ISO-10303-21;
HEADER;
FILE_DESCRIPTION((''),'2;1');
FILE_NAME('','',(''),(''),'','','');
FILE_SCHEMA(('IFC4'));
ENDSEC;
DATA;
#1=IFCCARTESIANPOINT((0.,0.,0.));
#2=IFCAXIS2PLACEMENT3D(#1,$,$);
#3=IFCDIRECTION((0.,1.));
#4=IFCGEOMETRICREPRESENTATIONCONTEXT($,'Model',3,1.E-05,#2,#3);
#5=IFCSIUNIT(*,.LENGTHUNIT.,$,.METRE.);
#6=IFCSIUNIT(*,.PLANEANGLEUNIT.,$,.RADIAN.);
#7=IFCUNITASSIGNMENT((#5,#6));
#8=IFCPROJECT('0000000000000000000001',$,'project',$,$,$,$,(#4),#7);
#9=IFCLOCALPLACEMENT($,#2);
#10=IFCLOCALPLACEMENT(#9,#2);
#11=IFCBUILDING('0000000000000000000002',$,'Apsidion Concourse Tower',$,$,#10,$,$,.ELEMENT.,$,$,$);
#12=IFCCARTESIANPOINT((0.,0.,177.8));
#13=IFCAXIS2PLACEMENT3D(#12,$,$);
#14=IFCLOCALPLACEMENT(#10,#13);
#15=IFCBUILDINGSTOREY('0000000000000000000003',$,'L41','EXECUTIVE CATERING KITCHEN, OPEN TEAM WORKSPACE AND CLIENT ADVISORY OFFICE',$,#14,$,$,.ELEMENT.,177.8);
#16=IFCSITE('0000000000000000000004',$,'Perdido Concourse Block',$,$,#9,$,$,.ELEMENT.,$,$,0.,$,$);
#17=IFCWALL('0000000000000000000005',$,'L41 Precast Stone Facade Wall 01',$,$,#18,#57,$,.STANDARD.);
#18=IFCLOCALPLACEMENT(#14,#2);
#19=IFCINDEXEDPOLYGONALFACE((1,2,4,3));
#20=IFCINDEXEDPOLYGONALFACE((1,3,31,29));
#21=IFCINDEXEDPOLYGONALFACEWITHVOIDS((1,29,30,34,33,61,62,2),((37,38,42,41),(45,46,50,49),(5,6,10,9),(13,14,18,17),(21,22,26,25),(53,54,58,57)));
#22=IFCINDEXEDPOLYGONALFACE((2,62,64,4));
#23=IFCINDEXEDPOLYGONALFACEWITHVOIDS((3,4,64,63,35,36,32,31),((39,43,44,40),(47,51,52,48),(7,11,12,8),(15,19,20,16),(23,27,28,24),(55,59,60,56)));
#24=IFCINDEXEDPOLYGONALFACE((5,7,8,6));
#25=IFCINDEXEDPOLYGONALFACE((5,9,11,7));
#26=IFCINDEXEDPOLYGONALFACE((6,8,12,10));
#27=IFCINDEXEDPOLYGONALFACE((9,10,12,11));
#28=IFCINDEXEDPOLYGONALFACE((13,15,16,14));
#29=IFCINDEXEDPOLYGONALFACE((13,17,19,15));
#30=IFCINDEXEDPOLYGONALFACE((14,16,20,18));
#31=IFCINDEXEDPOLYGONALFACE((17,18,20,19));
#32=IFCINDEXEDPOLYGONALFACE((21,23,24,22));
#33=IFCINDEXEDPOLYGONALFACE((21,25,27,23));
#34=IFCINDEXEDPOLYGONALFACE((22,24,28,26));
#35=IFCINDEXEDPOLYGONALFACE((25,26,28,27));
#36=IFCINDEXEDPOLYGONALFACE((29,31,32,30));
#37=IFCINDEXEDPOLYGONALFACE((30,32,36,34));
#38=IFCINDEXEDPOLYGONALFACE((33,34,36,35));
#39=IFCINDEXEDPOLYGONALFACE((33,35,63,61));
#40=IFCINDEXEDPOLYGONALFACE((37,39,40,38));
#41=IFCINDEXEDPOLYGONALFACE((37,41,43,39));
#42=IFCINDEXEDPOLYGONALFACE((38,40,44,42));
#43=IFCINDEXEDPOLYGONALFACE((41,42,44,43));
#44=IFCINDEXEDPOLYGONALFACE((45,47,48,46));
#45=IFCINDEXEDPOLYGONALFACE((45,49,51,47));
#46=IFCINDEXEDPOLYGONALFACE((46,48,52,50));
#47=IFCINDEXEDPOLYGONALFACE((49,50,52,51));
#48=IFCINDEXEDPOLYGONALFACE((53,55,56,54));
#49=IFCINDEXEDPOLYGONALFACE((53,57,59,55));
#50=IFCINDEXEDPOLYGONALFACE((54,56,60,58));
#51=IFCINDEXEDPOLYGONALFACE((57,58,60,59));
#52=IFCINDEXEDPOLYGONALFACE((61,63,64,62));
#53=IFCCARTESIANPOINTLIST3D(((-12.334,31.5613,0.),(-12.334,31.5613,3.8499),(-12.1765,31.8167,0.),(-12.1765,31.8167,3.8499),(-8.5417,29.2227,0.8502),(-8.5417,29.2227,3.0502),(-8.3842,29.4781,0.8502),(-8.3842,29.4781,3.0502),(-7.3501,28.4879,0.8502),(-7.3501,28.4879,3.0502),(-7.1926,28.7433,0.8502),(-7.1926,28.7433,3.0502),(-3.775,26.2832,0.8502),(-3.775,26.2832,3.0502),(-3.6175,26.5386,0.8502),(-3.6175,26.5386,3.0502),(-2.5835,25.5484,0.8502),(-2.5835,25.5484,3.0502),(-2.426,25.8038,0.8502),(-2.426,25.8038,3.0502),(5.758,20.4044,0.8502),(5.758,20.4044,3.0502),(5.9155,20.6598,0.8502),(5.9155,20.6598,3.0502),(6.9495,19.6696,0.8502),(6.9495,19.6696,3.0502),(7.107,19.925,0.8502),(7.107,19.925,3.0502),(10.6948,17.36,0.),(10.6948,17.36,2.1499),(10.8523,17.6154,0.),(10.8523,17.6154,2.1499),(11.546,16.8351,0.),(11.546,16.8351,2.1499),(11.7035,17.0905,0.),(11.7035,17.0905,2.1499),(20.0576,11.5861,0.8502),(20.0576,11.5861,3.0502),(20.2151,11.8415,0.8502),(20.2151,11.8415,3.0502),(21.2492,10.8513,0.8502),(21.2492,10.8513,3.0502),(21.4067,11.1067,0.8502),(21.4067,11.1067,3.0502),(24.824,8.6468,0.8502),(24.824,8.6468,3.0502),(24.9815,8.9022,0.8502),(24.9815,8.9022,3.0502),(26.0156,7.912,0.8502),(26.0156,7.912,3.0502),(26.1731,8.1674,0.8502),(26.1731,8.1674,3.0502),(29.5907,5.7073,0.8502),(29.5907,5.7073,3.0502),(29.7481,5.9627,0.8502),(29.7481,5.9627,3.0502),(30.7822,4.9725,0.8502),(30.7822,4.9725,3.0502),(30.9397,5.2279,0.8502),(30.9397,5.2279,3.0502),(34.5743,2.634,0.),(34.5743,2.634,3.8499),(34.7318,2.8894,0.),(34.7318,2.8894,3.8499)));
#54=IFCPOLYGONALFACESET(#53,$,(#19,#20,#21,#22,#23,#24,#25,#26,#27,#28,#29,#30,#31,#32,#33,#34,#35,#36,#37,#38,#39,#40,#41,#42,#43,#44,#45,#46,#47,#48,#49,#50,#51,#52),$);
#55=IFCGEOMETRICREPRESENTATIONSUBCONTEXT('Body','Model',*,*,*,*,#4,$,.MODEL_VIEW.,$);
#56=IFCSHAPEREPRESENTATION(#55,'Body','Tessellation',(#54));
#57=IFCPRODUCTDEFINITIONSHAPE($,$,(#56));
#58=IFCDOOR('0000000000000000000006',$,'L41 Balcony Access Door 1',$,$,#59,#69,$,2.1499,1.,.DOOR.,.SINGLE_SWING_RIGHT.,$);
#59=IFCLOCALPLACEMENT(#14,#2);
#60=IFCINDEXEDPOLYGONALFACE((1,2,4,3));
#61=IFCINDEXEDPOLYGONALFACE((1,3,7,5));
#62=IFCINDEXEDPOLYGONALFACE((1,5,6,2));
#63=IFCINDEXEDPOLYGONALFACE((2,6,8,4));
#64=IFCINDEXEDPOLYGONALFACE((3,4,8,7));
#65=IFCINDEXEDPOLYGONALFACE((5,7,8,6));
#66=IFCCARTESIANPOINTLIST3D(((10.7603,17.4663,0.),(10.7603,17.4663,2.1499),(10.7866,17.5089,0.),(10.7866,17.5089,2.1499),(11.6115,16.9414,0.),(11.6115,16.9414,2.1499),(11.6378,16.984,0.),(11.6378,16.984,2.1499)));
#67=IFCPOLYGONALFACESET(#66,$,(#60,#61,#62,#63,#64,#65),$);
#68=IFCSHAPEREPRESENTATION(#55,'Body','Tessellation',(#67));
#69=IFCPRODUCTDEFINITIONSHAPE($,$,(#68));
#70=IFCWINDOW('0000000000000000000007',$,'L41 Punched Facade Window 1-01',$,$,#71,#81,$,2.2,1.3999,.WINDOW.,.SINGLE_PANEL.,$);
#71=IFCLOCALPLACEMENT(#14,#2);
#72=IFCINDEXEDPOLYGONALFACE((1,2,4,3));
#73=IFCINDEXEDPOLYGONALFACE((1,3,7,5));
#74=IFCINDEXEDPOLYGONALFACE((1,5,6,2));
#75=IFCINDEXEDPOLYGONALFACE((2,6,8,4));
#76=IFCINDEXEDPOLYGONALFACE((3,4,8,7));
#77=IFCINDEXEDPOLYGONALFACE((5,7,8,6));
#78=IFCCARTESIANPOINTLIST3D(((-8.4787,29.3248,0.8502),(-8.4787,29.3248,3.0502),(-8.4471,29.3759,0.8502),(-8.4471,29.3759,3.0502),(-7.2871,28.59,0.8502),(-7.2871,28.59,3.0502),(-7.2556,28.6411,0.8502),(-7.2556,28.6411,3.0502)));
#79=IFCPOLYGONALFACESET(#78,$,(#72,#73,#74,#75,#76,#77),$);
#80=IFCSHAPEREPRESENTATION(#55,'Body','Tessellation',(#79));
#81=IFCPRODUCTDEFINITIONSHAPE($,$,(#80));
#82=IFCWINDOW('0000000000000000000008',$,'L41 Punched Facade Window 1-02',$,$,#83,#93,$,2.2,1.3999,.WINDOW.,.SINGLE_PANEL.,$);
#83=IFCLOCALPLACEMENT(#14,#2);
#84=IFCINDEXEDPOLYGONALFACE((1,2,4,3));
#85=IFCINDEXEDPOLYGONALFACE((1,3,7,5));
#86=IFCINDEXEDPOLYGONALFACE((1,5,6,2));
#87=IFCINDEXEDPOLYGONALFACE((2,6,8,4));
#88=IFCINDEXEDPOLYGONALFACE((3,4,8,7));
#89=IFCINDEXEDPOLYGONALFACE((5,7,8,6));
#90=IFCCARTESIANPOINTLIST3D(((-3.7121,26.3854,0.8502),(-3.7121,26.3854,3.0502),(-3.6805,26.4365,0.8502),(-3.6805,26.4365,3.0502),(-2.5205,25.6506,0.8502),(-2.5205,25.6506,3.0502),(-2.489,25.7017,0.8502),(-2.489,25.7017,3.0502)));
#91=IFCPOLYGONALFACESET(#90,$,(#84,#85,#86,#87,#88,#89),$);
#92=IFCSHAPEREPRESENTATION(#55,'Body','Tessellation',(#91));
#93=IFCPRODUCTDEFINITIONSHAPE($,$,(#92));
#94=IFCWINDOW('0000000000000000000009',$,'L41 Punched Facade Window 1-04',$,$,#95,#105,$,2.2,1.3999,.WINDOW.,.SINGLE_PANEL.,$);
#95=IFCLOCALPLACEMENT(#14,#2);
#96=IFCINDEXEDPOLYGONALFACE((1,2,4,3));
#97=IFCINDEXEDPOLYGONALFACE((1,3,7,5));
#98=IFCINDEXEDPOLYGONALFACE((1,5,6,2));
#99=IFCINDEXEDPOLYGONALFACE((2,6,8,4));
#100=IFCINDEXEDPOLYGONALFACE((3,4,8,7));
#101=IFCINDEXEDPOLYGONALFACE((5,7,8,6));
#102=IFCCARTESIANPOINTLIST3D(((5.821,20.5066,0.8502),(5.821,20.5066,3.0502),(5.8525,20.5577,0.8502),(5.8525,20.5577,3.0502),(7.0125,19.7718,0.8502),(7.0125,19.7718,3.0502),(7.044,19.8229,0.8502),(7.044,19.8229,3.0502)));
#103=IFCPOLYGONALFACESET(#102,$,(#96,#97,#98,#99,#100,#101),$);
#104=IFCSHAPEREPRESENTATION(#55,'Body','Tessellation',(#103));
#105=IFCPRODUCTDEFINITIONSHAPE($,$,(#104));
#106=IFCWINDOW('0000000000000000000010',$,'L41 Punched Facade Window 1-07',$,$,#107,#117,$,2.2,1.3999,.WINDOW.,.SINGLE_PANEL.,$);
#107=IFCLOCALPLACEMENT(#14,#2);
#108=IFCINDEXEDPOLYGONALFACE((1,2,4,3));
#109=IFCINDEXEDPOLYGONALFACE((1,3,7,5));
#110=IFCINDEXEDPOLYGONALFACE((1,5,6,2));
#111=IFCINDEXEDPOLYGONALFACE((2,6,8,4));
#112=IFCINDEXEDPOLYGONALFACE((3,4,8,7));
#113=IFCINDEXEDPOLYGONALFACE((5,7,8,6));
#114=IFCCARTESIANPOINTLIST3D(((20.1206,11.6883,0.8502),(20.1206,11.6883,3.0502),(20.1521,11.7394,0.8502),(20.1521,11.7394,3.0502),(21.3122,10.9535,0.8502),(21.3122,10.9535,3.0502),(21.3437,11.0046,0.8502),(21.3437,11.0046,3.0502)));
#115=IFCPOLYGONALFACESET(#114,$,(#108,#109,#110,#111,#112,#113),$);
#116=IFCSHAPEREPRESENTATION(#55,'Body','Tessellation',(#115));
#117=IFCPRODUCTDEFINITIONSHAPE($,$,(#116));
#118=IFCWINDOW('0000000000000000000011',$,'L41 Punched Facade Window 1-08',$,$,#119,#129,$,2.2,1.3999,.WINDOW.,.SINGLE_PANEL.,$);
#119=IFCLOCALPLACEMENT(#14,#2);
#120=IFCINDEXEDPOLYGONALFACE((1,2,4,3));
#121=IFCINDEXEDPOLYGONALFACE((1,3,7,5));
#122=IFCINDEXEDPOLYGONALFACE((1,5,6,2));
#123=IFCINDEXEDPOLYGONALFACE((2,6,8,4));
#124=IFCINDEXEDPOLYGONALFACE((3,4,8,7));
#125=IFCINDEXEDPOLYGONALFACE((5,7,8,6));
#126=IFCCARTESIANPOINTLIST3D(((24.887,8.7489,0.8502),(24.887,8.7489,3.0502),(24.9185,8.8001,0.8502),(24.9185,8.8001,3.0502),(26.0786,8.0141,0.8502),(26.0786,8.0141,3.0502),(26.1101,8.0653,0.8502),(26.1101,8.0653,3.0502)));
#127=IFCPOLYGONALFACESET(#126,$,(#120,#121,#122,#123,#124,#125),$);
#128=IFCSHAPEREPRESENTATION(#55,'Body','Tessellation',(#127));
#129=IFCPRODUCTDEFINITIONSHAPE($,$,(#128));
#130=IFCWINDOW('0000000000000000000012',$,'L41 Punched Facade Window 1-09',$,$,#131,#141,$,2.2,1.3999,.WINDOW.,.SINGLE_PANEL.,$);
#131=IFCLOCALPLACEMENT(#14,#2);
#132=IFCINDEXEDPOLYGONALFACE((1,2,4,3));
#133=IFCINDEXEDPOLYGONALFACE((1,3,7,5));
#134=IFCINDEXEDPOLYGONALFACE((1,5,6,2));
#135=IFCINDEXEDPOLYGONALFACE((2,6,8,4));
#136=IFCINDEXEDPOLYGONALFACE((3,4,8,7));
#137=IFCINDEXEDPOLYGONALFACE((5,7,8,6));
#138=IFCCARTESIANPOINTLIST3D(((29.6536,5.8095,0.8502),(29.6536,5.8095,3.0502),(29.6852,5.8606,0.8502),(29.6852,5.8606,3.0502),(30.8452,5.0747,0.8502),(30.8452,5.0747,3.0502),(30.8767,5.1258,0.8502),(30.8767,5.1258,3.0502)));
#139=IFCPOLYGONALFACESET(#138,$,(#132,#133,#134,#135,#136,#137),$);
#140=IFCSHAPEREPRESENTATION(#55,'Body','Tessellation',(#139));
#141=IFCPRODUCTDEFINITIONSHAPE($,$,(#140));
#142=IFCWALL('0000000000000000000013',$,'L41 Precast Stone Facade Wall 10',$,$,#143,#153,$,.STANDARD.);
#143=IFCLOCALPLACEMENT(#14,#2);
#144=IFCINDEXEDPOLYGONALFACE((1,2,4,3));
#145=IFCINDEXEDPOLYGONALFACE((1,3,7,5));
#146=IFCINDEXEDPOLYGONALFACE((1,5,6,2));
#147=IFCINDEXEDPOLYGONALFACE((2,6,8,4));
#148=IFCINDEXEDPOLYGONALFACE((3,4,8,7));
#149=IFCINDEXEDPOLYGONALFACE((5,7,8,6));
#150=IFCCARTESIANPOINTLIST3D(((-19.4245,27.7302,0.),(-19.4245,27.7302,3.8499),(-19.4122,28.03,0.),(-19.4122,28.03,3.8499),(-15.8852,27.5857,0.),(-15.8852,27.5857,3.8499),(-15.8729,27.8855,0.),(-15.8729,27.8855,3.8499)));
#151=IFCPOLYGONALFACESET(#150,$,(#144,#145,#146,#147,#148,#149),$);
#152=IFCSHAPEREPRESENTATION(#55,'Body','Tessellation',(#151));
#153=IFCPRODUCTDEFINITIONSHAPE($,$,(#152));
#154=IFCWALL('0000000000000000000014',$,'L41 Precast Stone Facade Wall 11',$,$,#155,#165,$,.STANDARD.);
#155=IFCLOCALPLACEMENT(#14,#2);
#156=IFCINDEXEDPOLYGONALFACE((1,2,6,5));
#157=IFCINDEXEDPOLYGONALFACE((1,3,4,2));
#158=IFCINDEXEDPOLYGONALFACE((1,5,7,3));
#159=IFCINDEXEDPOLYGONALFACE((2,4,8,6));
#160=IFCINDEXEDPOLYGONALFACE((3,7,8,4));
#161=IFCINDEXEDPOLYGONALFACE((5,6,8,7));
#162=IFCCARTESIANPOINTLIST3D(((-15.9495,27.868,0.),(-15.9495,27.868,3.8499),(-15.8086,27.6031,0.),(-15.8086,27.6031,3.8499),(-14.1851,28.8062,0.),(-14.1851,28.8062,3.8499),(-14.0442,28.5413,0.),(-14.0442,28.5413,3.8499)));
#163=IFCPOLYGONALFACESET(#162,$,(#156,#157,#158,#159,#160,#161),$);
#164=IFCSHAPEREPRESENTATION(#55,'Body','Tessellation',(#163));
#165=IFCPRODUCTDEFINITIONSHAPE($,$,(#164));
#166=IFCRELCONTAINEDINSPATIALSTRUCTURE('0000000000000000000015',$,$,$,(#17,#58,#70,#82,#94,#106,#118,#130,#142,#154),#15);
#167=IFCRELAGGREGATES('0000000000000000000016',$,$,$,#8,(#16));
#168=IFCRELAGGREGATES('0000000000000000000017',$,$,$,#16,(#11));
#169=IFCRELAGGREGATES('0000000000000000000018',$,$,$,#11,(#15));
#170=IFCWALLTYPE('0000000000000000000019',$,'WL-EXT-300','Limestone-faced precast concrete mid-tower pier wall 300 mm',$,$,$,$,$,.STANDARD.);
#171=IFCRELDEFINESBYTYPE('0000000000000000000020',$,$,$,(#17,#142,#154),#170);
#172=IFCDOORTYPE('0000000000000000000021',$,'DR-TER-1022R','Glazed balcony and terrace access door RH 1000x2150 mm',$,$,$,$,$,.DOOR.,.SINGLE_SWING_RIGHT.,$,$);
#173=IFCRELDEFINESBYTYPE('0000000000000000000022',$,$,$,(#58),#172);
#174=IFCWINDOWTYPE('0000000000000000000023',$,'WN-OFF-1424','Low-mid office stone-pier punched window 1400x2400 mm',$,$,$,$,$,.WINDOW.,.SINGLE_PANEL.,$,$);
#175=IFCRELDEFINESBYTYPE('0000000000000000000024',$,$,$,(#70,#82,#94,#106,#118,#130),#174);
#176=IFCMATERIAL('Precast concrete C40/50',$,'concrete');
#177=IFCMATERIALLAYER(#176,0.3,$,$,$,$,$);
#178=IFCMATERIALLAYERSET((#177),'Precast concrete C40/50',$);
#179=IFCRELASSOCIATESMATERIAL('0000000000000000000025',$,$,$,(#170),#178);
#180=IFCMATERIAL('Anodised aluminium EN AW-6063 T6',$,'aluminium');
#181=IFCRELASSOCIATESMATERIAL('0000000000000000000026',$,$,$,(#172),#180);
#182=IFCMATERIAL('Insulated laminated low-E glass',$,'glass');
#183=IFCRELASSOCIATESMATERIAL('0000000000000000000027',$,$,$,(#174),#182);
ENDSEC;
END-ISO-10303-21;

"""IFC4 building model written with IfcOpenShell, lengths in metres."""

from ifc_helpers import new_model, si_unit, direction, frame, frame_2d, origin, place, context, subcontext, project, spatial, rectangle, extrude, material, layer, layer_set, type_object, element, fill, save


model = new_model("IFC4")

# Units and contexts
model_context = context("Model", 3, precision=1e-05, world=origin(), true_north=direction((0.0, 1.0)))
body_context = subcontext(model_context, "Body", "Model", "MODEL_VIEW")
ifc_project = project(units=[si_unit("LENGTHUNIT", "METRE"), si_unit("PLANEANGLEUNIT", "RADIAN")], contexts=[model_context])

# Site, building, storey
site_placement = place(None, origin())
site = spatial("IfcSite", under=ifc_project, at=site_placement, Name="Perdido Concourse Block", CompositionType="ELEMENT", RefElevation=0.0)
building_placement = place(site_placement, origin())
building = spatial("IfcBuilding", under=site, at=building_placement, Name="Apsidion Concourse Tower", CompositionType="ELEMENT")
storey_placement = place(building_placement, frame((0.0, 0.0, 177.8)))
storey = spatial("IfcBuildingStorey", under=building, at=storey_placement, Name="L41", Description="EXECUTIVE CATERING KITCHEN, OPEN TEAM WORKSPACE AND CLIENT ADVISORY OFFICE", CompositionType="ELEMENT", Elevation=177.8)

# Wall, openings, door, windows
ifc_material_1 = material(Name="Precast concrete C40/50", Category="concrete")
ifc_layer_1 = layer(ifc_material_1, 0.3)
ifc_layer_set_1 = layer_set([ifc_layer_1], Name="Precast concrete C40/50")
wall_type_1 = type_object("IfcWallType", Name="WL-EXT-300", Description="Limestone-faced precast concrete mid-tower pier wall 300 mm", PredefinedType="STANDARD", material=ifc_layer_set_1)
wall_1_placement = place(storey_placement, frame((-12.2551, 31.689, 0.0), z_axis=(0.0, 0.0, 1.0), x_axis=(0.851167, -0.524896, 0.0)))
wall_1 = element("IfcWall", 1, at=wall_1_placement, inside=storey, type_object=wall_type_1, Name="L41 Precast Stone Facade Wall 01", PredefinedType="STANDARD", context=body_context, shape_type="SweptSolid", body=[
    extrude(rectangle(XDim=55.1106, YDim=0.3, at=frame_2d((27.5552, 0.0))), origin(), (0.0, 0.0, 1.0), 3.8499),
])
opening_1_placement = place(wall_1_placement, frame((27.0554, 0.0, 0.0)))
opening_1 = element("IfcOpeningElement", 2, at=opening_1_placement, cuts=wall_1, PredefinedType="OPENING", context=body_context, shape_type="SweptSolid", body=[
    extrude(rectangle(XDim=1.0, YDim=2.1499, at=frame_2d((0.5, 1.075))), frame((0.0, 0.1602, 0.0), z_axis=(0.0, -1.0, 0.0), x_axis=(1.0, 0.0, 0.0)), (0.0, 0.0, 1.0), 0.3201),
])
opening_2_placement = place(wall_1_placement, frame((4.4553, 0.0, 0.8501)))
opening_2 = element("IfcOpeningElement", 3, at=opening_2_placement, cuts=wall_1, PredefinedType="OPENING", context=body_context, shape_type="SweptSolid", body=[
    extrude(rectangle(XDim=1.3999, YDim=2.2, at=frame_2d((0.7, 1.1001))), frame((0.0, 0.1602, 0.0), z_axis=(0.0, -1.0, 0.0), x_axis=(1.0, 0.0, 0.0)), (0.0, 0.0, 1.0), 0.3201),
])
opening_3_placement = place(wall_1_placement, frame((10.0554, 0.0, 0.8501)))
opening_3 = element("IfcOpeningElement", 4, at=opening_3_placement, cuts=wall_1, PredefinedType="OPENING", context=body_context, shape_type="SweptSolid", body=[
    extrude(rectangle(XDim=1.3999, YDim=2.2, at=frame_2d((0.7, 1.1001))), frame((0.0, 0.1602, 0.0), z_axis=(0.0, -1.0, 0.0), x_axis=(1.0, 0.0, 0.0)), (0.0, 0.0, 1.0), 0.3201),
])
opening_4_placement = place(wall_1_placement, frame((21.2554, 0.0, 0.8501)))
opening_4 = element("IfcOpeningElement", 5, at=opening_4_placement, cuts=wall_1, PredefinedType="OPENING", context=body_context, shape_type="SweptSolid", body=[
    extrude(rectangle(XDim=1.3999, YDim=2.2, at=frame_2d((0.7, 1.1001))), frame((0.0, 0.1602, 0.0), z_axis=(0.0, -1.0, 0.0), x_axis=(1.0, 0.0, 0.0)), (0.0, 0.0, 1.0), 0.3201),
])
opening_5_placement = place(wall_1_placement, frame((38.0554, 0.0, 0.8501)))
opening_5 = element("IfcOpeningElement", 6, at=opening_5_placement, cuts=wall_1, PredefinedType="OPENING", context=body_context, shape_type="SweptSolid", body=[
    extrude(rectangle(XDim=1.3999, YDim=2.2, at=frame_2d((0.7, 1.1001))), frame((0.0, 0.1602, 0.0), z_axis=(0.0, -1.0, 0.0), x_axis=(1.0, 0.0, 0.0)), (0.0, 0.0, 1.0), 0.3201),
])
opening_6_placement = place(wall_1_placement, frame((43.6553, 0.0, 0.8501)))
opening_6 = element("IfcOpeningElement", 7, at=opening_6_placement, cuts=wall_1, PredefinedType="OPENING", context=body_context, shape_type="SweptSolid", body=[
    extrude(rectangle(XDim=1.3999, YDim=2.2, at=frame_2d((0.7, 1.1001))), frame((0.0, 0.1602, 0.0), z_axis=(0.0, -1.0, 0.0), x_axis=(1.0, 0.0, 0.0)), (0.0, 0.0, 1.0), 0.3201),
])
opening_7_placement = place(wall_1_placement, frame((49.2554, 0.0, 0.8501)))
opening_7 = element("IfcOpeningElement", 8, at=opening_7_placement, cuts=wall_1, PredefinedType="OPENING", context=body_context, shape_type="SweptSolid", body=[
    extrude(rectangle(XDim=1.3999, YDim=2.2, at=frame_2d((0.7, 1.1001))), frame((0.0, 0.1602, 0.0), z_axis=(0.0, -1.0, 0.0), x_axis=(1.0, 0.0, 0.0)), (0.0, 0.0, 1.0), 0.3201),
])
ifc_material_2 = material(Name="Anodised aluminium EN AW-6063 T6", Category="aluminium")
door_type_1 = type_object("IfcDoorType", Name="DR-TER-1022R", Description="Glazed balcony and terrace access door RH 1000x2150 mm", OperationType="SINGLE_SWING_RIGHT", PredefinedType="DOOR", material=ifc_material_2)
door_1_placement = place(opening_1_placement, origin())
door_1 = element("IfcDoor", 9, at=door_1_placement, inside=storey, type_object=door_type_1, Name="L41 Balcony Access Door 1", OperationType="SINGLE_SWING_RIGHT", OverallHeight=2.1499, OverallWidth=1.0, PredefinedType="DOOR", context=body_context, shape_type="SweptSolid", body=[
    extrude(rectangle(XDim=1.0, YDim=2.1499, at=frame_2d((0.5, 1.075))), frame((0.0, 0.0249, 0.0), z_axis=(0.0, -1.0, 0.0), x_axis=(1.0, 0.0, 0.0)), (0.0, 0.0, 1.0), 0.05),
])
fill(opening_1, door_1)
ifc_material_3 = material(Name="Insulated laminated low-E glass", Category="glass")
window_type = type_object("IfcWindowType", Name="WN-OFF-1424", Description="Low-mid office stone-pier punched window 1400x2400 mm", PartitioningType="SINGLE_PANEL", PredefinedType="WINDOW", material=ifc_material_3)
window_1_placement = place(opening_2_placement, origin())
window_1 = element("IfcWindow", 10, at=window_1_placement, inside=storey, type_object=window_type, Name="L41 Punched Facade Window 1-01", OverallHeight=2.2, OverallWidth=1.3999, PartitioningType="SINGLE_PANEL", PredefinedType="WINDOW", context=body_context, shape_type="SweptSolid", body=[
    extrude(rectangle(XDim=1.3999, YDim=2.2, at=frame_2d((0.7, 1.1001))), frame((0.0, 0.03, 0.0), z_axis=(0.0, -1.0, 0.0), x_axis=(1.0, 0.0, 0.0)), (0.0, 0.0, 1.0), 0.0601),
])
fill(opening_2, window_1)
window_2_placement = place(opening_3_placement, origin())
window_2 = element("IfcWindow", 11, at=window_2_placement, inside=storey, type_object=window_type, Name="L41 Punched Facade Window 1-02", OverallHeight=2.2, OverallWidth=1.3999, PartitioningType="SINGLE_PANEL", PredefinedType="WINDOW", context=body_context, shape_type="SweptSolid", body=[
    extrude(rectangle(XDim=1.3999, YDim=2.2, at=frame_2d((0.7, 1.1001))), frame((0.0, 0.03, 0.0), z_axis=(0.0, -1.0, 0.0), x_axis=(1.0, 0.0, 0.0)), (0.0, 0.0, 1.0), 0.0601),
])
fill(opening_3, window_2)
window_3_placement = place(opening_4_placement, origin())
window_3 = element("IfcWindow", 12, at=window_3_placement, inside=storey, type_object=window_type, Name="L41 Punched Facade Window 1-04", OverallHeight=2.2, OverallWidth=1.3999, PartitioningType="SINGLE_PANEL", PredefinedType="WINDOW", context=body_context, shape_type="SweptSolid", body=[
    extrude(rectangle(XDim=1.3999, YDim=2.2, at=frame_2d((0.7, 1.1001))), frame((0.0, 0.03, 0.0), z_axis=(0.0, -1.0, 0.0), x_axis=(1.0, 0.0, 0.0)), (0.0, 0.0, 1.0), 0.0601),
])
fill(opening_4, window_3)
window_4_placement = place(opening_5_placement, origin())
window_4 = element("IfcWindow", 13, at=window_4_placement, inside=storey, type_object=window_type, Name="L41 Punched Facade Window 1-07", OverallHeight=2.2, OverallWidth=1.3999, PartitioningType="SINGLE_PANEL", PredefinedType="WINDOW", context=body_context, shape_type="SweptSolid", body=[
    extrude(rectangle(XDim=1.3999, YDim=2.2, at=frame_2d((0.7, 1.1001))), frame((0.0, 0.03, 0.0), z_axis=(0.0, -1.0, 0.0), x_axis=(1.0, 0.0, 0.0)), (0.0, 0.0, 1.0), 0.0601),
])
fill(opening_5, window_4)
window_5_placement = place(opening_6_placement, origin())
window_5 = element("IfcWindow", 14, at=window_5_placement, inside=storey, type_object=window_type, Name="L41 Punched Facade Window 1-08", OverallHeight=2.2, OverallWidth=1.3999, PartitioningType="SINGLE_PANEL", PredefinedType="WINDOW", context=body_context, shape_type="SweptSolid", body=[
    extrude(rectangle(XDim=1.3999, YDim=2.2, at=frame_2d((0.7, 1.1001))), frame((0.0, 0.03, 0.0), z_axis=(0.0, -1.0, 0.0), x_axis=(1.0, 0.0, 0.0)), (0.0, 0.0, 1.0), 0.0601),
])
fill(opening_6, window_5)
window_6_placement = place(opening_7_placement, origin())
window_6 = element("IfcWindow", 15, at=window_6_placement, inside=storey, type_object=window_type, Name="L41 Punched Facade Window 1-09", OverallHeight=2.2, OverallWidth=1.3999, PartitioningType="SINGLE_PANEL", PredefinedType="WINDOW", context=body_context, shape_type="SweptSolid", body=[
    extrude(rectangle(XDim=1.3999, YDim=2.2, at=frame_2d((0.7, 1.1001))), frame((0.0, 0.03, 0.0), z_axis=(0.0, -1.0, 0.0), x_axis=(1.0, 0.0, 0.0)), (0.0, 0.0, 1.0), 0.0601),
])
fill(opening_7, window_6)

# Walls
wall_2_placement = place(storey_placement, frame((-19.4182, 27.8801, 0.0), z_axis=(0.0, 0.0, 1.0), x_axis=(0.999167, -0.040802, 0.0)))
element("IfcWall", 16, at=wall_2_placement, inside=storey, type_object=wall_type_1, Name="L41 Precast Stone Facade Wall 10", PredefinedType="STANDARD", context=body_context, shape_type="SweptSolid", body=[
    extrude(rectangle(XDim=3.5422, YDim=0.3, at=frame_2d((1.771, 0.0))), origin(), (0.0, 0.0, 1.0), 3.8499),
])
wall_3_placement = place(storey_placement, frame((-15.8789, 27.7356, 0.0), z_axis=(0.0, 0.0, 1.0), x_axis=(0.882931, 0.469504, 0.0)))
element("IfcWall", 17, at=wall_3_placement, inside=storey, type_object=wall_type_1, Name="L41 Precast Stone Facade Wall 11", PredefinedType="STANDARD", context=body_context, shape_type="SweptSolid", body=[
    extrude(rectangle(XDim=1.9983, YDim=0.3, at=frame_2d((0.999, 0.0))), origin(), (0.0, 0.0, 1.0), 3.8499),
])

save(model, "model.ifc")
